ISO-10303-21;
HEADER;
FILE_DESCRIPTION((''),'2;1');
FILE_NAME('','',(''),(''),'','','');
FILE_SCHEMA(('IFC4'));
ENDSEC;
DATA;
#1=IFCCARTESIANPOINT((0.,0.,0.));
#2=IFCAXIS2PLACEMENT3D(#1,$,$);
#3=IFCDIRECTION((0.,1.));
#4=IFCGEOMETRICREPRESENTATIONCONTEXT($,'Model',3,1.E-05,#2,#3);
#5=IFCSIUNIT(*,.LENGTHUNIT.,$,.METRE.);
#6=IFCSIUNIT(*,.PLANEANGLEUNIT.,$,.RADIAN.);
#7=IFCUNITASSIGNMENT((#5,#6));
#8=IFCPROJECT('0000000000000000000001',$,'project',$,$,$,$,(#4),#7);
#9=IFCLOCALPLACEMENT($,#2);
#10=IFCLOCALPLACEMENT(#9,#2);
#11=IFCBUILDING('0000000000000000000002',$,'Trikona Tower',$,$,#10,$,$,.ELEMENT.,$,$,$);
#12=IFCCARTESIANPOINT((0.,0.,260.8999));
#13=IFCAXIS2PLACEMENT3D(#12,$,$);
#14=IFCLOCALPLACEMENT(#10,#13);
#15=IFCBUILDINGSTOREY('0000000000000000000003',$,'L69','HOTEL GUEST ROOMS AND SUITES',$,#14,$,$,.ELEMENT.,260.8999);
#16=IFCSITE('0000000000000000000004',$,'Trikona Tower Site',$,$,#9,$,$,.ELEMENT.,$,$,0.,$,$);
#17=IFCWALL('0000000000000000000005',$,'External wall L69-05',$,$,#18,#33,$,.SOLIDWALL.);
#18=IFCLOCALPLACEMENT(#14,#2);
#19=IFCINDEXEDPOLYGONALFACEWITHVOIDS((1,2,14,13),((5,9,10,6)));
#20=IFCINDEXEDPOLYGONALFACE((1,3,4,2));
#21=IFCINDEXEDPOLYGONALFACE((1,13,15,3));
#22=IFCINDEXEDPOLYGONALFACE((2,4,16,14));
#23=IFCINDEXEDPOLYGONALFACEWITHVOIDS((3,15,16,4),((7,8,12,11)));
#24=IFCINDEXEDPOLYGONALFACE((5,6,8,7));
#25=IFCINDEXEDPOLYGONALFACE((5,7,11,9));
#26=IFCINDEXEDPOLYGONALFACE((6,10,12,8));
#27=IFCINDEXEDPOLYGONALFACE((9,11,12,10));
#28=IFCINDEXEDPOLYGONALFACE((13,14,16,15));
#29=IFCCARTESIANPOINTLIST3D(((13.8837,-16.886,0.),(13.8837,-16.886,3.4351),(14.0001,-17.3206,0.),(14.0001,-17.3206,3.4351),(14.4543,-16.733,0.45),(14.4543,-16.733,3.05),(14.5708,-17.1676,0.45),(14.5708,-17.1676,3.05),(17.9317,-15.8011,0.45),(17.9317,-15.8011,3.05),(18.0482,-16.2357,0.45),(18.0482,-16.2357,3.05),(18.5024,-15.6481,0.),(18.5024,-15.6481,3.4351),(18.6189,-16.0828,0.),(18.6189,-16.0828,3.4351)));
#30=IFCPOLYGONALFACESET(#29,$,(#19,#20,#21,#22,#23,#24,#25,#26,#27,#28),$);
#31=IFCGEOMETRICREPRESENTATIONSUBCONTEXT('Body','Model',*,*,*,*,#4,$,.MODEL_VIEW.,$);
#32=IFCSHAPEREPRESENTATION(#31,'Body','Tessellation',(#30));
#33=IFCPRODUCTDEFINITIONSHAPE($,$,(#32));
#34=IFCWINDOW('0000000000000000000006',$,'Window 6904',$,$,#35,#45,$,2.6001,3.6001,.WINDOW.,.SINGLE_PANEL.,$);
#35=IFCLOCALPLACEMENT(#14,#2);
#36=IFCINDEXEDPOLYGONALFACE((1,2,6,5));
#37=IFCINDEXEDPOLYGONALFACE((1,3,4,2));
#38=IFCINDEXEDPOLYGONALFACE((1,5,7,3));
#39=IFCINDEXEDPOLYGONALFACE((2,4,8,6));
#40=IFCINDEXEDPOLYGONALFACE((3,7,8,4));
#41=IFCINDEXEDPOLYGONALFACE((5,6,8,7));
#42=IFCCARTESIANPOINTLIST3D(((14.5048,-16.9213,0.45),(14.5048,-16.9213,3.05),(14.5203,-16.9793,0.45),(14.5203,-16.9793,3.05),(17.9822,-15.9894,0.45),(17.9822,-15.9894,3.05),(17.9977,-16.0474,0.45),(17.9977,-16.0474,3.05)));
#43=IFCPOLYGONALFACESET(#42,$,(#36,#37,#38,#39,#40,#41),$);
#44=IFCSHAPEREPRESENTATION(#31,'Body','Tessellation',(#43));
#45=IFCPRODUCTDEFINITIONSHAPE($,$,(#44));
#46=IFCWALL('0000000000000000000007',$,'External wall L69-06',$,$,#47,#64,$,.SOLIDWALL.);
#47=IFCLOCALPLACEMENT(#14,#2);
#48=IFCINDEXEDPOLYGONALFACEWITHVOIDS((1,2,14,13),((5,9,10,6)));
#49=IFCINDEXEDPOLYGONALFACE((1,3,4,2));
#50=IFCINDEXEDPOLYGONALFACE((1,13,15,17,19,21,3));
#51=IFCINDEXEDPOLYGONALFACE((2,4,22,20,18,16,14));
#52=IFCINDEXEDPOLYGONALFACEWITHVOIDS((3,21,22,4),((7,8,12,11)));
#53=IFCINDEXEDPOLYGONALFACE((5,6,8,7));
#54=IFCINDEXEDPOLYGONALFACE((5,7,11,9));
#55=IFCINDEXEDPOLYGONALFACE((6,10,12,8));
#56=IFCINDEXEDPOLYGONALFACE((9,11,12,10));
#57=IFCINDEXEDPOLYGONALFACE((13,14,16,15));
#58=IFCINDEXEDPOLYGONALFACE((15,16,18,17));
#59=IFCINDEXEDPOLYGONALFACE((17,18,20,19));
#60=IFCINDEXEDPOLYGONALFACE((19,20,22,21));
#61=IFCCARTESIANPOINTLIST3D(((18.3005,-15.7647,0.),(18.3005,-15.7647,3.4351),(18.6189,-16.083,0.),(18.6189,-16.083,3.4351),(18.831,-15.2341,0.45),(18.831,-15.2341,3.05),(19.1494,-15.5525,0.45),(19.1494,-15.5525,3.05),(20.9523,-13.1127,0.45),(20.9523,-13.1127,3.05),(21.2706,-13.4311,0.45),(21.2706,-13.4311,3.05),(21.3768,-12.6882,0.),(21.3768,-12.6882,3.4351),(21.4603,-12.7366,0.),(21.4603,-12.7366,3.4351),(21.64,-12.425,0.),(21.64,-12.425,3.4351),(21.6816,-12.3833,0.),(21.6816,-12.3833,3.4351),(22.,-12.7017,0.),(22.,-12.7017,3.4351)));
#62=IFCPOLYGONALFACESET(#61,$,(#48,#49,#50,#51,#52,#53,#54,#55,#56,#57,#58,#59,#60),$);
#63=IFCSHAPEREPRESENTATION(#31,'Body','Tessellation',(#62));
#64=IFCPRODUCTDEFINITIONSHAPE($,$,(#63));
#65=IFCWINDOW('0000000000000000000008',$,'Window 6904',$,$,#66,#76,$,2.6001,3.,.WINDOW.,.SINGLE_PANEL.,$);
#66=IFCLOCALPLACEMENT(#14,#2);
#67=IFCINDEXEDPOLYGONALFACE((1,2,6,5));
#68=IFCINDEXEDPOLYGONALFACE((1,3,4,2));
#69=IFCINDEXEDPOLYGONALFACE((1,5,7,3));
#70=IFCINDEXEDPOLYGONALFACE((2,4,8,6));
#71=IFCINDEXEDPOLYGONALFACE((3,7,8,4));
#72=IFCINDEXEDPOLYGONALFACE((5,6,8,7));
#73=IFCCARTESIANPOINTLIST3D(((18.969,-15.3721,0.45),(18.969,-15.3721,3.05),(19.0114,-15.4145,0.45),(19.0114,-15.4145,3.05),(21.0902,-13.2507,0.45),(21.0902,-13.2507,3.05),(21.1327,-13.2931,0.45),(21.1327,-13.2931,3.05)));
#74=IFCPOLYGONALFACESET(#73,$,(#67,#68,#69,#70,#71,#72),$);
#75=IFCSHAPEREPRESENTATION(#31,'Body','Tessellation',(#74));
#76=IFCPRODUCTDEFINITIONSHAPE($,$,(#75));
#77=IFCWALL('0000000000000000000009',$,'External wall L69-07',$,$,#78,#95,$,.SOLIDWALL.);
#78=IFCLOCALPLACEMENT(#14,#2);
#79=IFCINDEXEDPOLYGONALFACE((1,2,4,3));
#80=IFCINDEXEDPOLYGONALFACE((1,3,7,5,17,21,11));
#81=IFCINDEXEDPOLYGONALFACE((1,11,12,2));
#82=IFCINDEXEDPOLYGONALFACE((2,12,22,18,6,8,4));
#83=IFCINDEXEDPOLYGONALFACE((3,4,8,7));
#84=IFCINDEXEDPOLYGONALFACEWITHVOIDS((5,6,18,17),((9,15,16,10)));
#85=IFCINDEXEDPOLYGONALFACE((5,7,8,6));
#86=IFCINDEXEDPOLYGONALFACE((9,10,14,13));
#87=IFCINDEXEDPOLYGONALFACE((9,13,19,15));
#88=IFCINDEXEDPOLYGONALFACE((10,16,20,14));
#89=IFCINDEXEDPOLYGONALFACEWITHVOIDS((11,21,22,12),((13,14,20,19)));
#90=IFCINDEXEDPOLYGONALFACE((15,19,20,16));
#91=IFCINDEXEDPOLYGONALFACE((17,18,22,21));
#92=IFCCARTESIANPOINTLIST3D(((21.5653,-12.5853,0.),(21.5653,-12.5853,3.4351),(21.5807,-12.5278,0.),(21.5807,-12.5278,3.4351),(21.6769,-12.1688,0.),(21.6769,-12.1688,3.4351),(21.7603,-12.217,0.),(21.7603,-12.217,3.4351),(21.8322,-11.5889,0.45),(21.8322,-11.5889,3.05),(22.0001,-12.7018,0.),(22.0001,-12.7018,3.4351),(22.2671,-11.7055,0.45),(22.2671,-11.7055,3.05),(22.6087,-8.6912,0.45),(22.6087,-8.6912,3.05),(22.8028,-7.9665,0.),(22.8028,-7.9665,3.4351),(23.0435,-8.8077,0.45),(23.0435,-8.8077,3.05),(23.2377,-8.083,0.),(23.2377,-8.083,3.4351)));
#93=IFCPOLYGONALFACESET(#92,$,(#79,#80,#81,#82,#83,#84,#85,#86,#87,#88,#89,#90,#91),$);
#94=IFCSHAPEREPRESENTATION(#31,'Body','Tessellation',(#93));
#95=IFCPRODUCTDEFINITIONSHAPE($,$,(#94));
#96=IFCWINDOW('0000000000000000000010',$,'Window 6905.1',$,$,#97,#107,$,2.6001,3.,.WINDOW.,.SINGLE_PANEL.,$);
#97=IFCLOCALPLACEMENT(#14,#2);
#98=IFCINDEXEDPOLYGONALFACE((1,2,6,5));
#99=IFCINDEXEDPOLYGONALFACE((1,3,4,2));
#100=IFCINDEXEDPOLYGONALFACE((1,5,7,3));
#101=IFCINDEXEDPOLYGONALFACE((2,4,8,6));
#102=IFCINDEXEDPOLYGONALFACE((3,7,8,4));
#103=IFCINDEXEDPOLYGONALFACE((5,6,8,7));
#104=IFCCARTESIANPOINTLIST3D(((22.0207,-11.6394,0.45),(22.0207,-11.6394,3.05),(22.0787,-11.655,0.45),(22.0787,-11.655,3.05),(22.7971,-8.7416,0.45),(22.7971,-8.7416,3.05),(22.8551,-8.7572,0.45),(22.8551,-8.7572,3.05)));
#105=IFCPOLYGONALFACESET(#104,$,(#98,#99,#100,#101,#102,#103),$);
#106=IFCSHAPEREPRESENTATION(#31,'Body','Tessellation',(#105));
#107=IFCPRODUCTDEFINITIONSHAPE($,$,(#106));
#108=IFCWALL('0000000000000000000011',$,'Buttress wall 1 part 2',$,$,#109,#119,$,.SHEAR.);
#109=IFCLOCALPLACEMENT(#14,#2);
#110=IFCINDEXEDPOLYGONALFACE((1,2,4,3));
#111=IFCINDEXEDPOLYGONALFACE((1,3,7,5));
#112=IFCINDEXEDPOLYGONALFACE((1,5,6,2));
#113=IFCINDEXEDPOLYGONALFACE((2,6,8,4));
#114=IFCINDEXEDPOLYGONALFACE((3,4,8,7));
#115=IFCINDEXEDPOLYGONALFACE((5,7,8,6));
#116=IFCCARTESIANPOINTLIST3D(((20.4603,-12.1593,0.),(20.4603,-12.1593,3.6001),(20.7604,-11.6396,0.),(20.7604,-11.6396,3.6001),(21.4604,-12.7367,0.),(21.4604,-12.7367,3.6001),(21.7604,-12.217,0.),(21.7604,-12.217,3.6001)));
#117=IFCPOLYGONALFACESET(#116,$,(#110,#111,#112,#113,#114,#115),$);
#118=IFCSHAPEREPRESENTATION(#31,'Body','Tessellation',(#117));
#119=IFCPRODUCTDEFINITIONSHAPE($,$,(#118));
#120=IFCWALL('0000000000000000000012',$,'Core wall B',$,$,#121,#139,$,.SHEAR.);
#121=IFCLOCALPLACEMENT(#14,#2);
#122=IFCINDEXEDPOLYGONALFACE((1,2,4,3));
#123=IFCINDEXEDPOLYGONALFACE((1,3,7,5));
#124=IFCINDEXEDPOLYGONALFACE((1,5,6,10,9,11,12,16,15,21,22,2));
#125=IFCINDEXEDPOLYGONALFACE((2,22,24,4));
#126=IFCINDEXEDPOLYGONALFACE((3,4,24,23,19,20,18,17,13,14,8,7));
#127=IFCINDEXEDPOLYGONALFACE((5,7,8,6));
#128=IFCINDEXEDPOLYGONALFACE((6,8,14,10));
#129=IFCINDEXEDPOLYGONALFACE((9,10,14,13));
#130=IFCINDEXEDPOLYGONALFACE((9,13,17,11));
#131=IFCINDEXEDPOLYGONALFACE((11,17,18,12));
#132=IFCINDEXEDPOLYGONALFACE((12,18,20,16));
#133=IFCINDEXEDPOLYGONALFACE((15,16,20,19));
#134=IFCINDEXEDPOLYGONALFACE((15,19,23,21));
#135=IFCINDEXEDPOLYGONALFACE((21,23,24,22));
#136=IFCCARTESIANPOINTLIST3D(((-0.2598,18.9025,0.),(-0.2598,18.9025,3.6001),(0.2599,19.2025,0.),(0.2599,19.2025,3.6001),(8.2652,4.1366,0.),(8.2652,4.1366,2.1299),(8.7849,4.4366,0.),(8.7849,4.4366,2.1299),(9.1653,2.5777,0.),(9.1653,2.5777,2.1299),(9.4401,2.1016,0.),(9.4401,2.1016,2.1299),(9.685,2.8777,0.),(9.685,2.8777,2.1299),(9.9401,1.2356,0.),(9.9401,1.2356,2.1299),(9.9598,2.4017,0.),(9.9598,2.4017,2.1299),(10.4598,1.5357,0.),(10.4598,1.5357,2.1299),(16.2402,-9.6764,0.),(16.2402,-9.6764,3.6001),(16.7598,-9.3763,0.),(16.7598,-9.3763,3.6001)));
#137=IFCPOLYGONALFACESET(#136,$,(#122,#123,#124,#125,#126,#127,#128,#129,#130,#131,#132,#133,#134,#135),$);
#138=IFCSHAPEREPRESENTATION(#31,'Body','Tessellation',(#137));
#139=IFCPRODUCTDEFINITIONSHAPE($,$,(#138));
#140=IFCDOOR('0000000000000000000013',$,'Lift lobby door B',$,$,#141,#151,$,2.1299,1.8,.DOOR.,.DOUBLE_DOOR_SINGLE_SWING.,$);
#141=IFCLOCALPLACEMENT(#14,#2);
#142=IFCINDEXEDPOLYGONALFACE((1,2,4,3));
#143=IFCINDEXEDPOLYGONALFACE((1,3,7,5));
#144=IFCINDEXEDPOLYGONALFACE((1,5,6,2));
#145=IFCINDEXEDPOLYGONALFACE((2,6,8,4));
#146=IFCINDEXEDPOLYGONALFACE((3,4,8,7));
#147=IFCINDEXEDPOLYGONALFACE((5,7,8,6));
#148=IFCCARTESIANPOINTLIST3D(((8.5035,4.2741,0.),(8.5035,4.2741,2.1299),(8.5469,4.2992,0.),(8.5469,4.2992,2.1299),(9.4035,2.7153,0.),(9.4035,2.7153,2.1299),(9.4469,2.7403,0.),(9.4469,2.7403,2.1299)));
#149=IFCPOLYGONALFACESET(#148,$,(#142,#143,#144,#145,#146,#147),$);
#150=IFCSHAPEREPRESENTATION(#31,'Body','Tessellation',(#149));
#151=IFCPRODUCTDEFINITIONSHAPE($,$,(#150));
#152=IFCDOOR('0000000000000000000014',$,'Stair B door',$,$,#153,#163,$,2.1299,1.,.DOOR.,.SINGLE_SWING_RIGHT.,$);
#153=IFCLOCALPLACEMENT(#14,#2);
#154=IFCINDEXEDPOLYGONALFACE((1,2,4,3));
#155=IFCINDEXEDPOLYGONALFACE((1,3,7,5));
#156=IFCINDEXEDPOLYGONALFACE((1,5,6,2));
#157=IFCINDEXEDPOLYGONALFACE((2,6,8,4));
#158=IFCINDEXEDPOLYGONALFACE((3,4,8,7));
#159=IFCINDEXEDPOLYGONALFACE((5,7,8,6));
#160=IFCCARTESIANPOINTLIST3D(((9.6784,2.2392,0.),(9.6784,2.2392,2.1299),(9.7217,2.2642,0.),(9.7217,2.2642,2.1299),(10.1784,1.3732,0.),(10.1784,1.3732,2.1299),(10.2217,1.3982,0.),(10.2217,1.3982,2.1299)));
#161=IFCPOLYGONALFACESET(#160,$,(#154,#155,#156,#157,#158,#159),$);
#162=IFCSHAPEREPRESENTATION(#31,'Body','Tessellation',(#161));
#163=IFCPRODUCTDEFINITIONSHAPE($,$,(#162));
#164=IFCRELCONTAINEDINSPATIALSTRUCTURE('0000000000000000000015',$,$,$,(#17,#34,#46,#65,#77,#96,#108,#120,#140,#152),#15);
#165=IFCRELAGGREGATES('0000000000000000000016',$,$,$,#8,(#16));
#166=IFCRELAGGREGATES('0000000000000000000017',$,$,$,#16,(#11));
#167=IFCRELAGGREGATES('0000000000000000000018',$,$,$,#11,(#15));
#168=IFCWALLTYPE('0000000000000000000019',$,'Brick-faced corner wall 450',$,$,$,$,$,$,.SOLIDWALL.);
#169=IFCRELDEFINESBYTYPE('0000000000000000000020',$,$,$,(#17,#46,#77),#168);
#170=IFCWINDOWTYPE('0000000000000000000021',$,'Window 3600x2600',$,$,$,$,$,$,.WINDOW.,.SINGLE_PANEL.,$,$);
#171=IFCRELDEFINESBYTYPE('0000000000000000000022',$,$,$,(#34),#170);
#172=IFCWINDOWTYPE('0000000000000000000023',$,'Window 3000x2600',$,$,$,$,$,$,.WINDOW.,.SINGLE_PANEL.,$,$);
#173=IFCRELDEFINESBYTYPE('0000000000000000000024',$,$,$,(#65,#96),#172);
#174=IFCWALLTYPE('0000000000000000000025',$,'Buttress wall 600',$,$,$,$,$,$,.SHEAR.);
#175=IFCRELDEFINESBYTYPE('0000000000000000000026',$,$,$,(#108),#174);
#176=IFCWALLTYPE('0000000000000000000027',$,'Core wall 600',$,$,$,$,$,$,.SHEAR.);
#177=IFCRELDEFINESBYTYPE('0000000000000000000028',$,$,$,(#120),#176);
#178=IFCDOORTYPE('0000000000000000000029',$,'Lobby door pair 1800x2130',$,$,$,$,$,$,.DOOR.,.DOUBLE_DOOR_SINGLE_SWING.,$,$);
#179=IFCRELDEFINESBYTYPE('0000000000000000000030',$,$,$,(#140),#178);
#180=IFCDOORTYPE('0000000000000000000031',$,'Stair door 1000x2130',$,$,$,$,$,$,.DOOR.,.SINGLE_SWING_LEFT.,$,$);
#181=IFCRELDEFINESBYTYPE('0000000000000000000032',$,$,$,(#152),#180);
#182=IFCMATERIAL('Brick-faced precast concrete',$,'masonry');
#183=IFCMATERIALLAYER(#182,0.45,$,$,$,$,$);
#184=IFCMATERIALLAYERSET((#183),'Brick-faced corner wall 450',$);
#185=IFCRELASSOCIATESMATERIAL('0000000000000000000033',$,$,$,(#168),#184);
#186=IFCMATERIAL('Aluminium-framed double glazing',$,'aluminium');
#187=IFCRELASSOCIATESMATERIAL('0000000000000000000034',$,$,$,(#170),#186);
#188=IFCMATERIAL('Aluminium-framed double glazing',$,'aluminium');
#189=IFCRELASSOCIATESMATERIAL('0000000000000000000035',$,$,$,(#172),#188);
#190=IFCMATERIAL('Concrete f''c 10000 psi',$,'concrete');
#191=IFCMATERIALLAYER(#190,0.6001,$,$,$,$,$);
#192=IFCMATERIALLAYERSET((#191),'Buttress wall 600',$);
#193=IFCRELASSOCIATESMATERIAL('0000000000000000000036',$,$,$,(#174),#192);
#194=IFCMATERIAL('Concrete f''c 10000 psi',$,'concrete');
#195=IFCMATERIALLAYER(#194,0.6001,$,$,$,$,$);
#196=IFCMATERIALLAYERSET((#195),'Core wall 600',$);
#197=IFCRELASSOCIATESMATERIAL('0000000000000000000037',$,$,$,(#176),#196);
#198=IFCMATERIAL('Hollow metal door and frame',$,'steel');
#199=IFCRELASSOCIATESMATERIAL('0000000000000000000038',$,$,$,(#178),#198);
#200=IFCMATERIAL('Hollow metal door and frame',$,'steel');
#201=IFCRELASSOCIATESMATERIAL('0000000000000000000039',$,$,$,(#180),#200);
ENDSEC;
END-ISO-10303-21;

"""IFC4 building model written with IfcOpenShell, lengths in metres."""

from ifc_helpers import new_model, si_unit, direction, frame, frame_2d, origin, place, context, subcontext, project, spatial, polyline, rectangle, outline, extrude, material, layer, layer_set, type_object, element, fill, save


model = new_model("IFC4")

# Units and contexts
model_context = context("Model", 3, precision=1e-05, world=origin(), true_north=direction((0.0, 1.0)))
body_context = subcontext(model_context, "Body", "Model", "MODEL_VIEW")
ifc_project = project(units=[si_unit("LENGTHUNIT", "METRE"), si_unit("PLANEANGLEUNIT", "RADIAN")], contexts=[model_context])

# Site, building, storey
site_placement = place(None, origin())
site = spatial("IfcSite", under=ifc_project, at=site_placement, Name="Trikona Tower Site", CompositionType="ELEMENT", RefElevation=0.0)
building_placement = place(site_placement, origin())
building = spatial("IfcBuilding", under=site, at=building_placement, Name="Trikona Tower", CompositionType="ELEMENT")
storey_placement = place(building_placement, frame((0.0, 0.0, 260.8999)))
storey = spatial("IfcBuildingStorey", under=building, at=storey_placement, Name="L69", Description="HOTEL GUEST ROOMS AND SUITES", CompositionType="ELEMENT", Elevation=260.8999)

# Walls, openings, windows
ifc_material_1 = material(Name="Brick-faced precast concrete", Category="masonry")
ifc_layer_1 = layer(ifc_material_1, 0.45)
ifc_layer_set_1 = layer_set([ifc_layer_1], Name="Brick-faced corner wall 450")
wall_type_1 = type_object("IfcWallType", Name="Brick-faced corner wall 450", PredefinedType="SOLIDWALL", material=ifc_layer_set_1)
wall_1_placement = place(storey_placement, frame((13.9419, -17.1033, 0.0), z_axis=(0.0, 0.0, 1.0), x_axis=(0.965914, 0.258864, 0.0)))
wall_1 = element("IfcWall", 1, at=wall_1_placement, inside=storey, type_object=wall_type_1, Name="External wall L69-05", PredefinedType="SOLIDWALL", context=body_context, shape_type="SweptSolid", body=[
    extrude(rectangle(XDim=4.7817, YDim=0.45, at=frame_2d((2.3909, 0.0))), origin(), (0.0, 0.0, 1.0), 3.4351),
])
opening_1_placement = place(wall_1_placement, frame((0.5908, 0.0, 0.45)))
opening_1 = element("IfcOpeningElement", 2, at=opening_1_placement, cuts=wall_1, PredefinedType="OPENING", context=body_context, shape_type="SweptSolid", body=[
    extrude(rectangle(XDim=3.6001, YDim=2.6001, at=frame_2d((1.8, 1.3))), frame((0.0, 0.2349, 0.0), z_axis=(0.0, -1.0, 0.0), x_axis=(1.0, 0.0, 0.0)), (0.0, 0.0, 1.0), 0.47),
])
ifc_material_2 = material(Name="Aluminium-framed double glazing", Category="aluminium")
window_type_1 = type_object("IfcWindowType", Name="Window 3600x2600", PartitioningType="SINGLE_PANEL", PredefinedType="WINDOW", material=ifc_material_2)
window_1_placement = place(opening_1_placement, origin())
window_1 = element("IfcWindow", 3, at=window_1_placement, inside=storey, type_object=window_type_1, Name="Window 6904", OverallHeight=2.6001, OverallWidth=3.6001, PartitioningType="SINGLE_PANEL", PredefinedType="WINDOW", context=body_context, shape_type="SweptSolid", body=[
    extrude(rectangle(XDim=3.6001, YDim=2.6001, at=frame_2d((1.8, 1.3))), frame((0.0, 0.03, 0.0), z_axis=(0.0, -1.0, 0.0), x_axis=(1.0, 0.0, 0.0)), (0.0, 0.0, 1.0), 0.0601),
])
fill(opening_1, window_1)
wall_2_placement = place(storey_placement, frame((18.4597, -15.9238, 0.0), z_axis=(0.0, 0.0, 1.0), x_axis=(0.707081, 0.707132, 0.0)))
wall_2 = element("IfcWall", 4, at=wall_2_placement, inside=storey, type_object=wall_type_1, Name="External wall L69-06", PredefinedType="SOLIDWALL", context=body_context, shape_type="SweptSolid", body=[
    extrude(outline(polyline([(4.7817, 0.2251), (4.7229, 0.2251), (4.3755, 0.1318), (4.3506, 0.2251), (0.0, 0.2251), (0.0, -0.2251), (4.7817, -0.2251), (4.7817, 0.2251)])), origin(), (0.0, 0.0, 1.0), 3.4351),
])
opening_2_placement = place(wall_2_placement, frame((0.7502, 0.0, 0.45)))
opening_2 = element("IfcOpeningElement", 5, at=opening_2_placement, cuts=wall_2, PredefinedType="OPENING", context=body_context, shape_type="SweptSolid", body=[
    extrude(rectangle(XDim=3.0, YDim=2.6001, at=frame_2d((1.5, 1.3))), frame((0.0, 0.2349, 0.0), z_axis=(0.0, -1.0, 0.0), x_axis=(1.0, 0.0, 0.0)), (0.0, 0.0, 1.0), 0.47),
])
ifc_material_3 = material(Name="Aluminium-framed double glazing", Category="aluminium")
window_type_2 = type_object("IfcWindowType", Name="Window 3000x2600", PartitioningType="SINGLE_PANEL", PredefinedType="WINDOW", material=ifc_material_3)
window_2_placement = place(opening_2_placement, origin())
window_2 = element("IfcWindow", 6, at=window_2_placement, inside=storey, type_object=window_type_2, Name="Window 6904", OverallHeight=2.6001, OverallWidth=3.0, PartitioningType="SINGLE_PANEL", PredefinedType="WINDOW", context=body_context, shape_type="SweptSolid", body=[
    extrude(rectangle(XDim=3.0, YDim=2.6001, at=frame_2d((1.5, 1.3))), frame((0.0, 0.03, 0.0), z_axis=(0.0, -1.0, 0.0), x_axis=(1.0, 0.0, 0.0)), (0.0, 0.0, 1.0), 0.0601),
])
fill(opening_2, window_2)
wall_3_placement = place(storey_placement, frame((21.7827, -12.6436, 0.0), z_axis=(0.0, 0.0, 1.0), x_axis=(0.258803, 0.96593, 0.0)))
wall_3 = element("IfcWall", 7, at=wall_3_placement, inside=storey, type_object=wall_type_1, Name="External wall L69-07", PredefinedType="SOLIDWALL", context=body_context, shape_type="SweptSolid", body=[
    extrude(outline(polyline([(4.7817, 0.2251), (0.4312, 0.2251), (0.4062, 0.1321), (0.0596, 0.2251), (0.0, 0.2251), (0.0, -0.2251), (4.7817, -0.2251), (4.7817, 0.2251)])), origin(), (0.0, 0.0, 1.0), 3.4351),
])
opening_3_placement = place(wall_3_placement, frame((1.0315, 0.0, 0.45)))
opening_3 = element("IfcOpeningElement", 8, at=opening_3_placement, cuts=wall_3, PredefinedType="OPENING", context=body_context, shape_type="SweptSolid", body=[
    extrude(rectangle(XDim=3.0, YDim=2.6001, at=frame_2d((1.5, 1.3))), frame((0.0, 0.2349, 0.0), z_axis=(0.0, -1.0, 0.0), x_axis=(1.0, 0.0, 0.0)), (0.0, 0.0, 1.0), 0.47),
])
window_3_placement = place(opening_3_placement, origin())
window_3 = element("IfcWindow", 9, at=window_3_placement, inside=storey, type_object=window_type_2, Name="Window 6905.1", OverallHeight=2.6001, OverallWidth=3.0, PartitioningType="SINGLE_PANEL", PredefinedType="WINDOW", context=body_context, shape_type="SweptSolid", body=[
    extrude(rectangle(XDim=3.0, YDim=2.6001, at=frame_2d((1.5, 1.3))), frame((0.0, 0.03, 0.0), z_axis=(0.0, -1.0, 0.0), x_axis=(1.0, 0.0, 0.0)), (0.0, 0.0, 1.0), 0.0601),
])
fill(opening_3, window_3)

# Wall
ifc_material_4 = material(Name="Concrete f'c 10000 psi", Category="concrete")
ifc_layer_2 = layer(ifc_material_4, 0.6001)
ifc_layer_set_2 = layer_set([ifc_layer_2], Name="Buttress wall 600")
wall_type_2 = type_object("IfcWallType", Name="Buttress wall 600", PredefinedType="SHEAR", material=ifc_layer_set_2)
wall_4_placement = place(storey_placement, frame((20.6104, -11.8994, 0.0), z_axis=(0.0, 0.0, 1.0), x_axis=(0.86601, -0.500027, 0.0)))
element("IfcWall", 10, at=wall_4_placement, inside=storey, type_object=wall_type_2, Name="Buttress wall 1 part 2", PredefinedType="SHEAR", context=body_context, shape_type="SweptSolid", body=[
    extrude(rectangle(XDim=1.1548, YDim=0.6001, at=frame_2d((0.5774, 0.0))), origin(), (0.0, 0.0, 1.0), 3.6001),
])

# Wall, openings, doors
ifc_material_5 = material(Name="Concrete f'c 10000 psi", Category="concrete")
ifc_layer_3 = layer(ifc_material_5, 0.6001)
ifc_layer_set_3 = layer_set([ifc_layer_3], Name="Core wall 600")
wall_type_3 = type_object("IfcWallType", Name="Core wall 600", PredefinedType="SHEAR", material=ifc_layer_set_3)
wall_5_placement = place(storey_placement, frame((16.5, -9.5264, 0.0), z_axis=(0.0, 0.0, 1.0), x_axis=(-0.5, 0.866026, 0.0)))
wall_5 = element("IfcWall", 11, at=wall_5_placement, inside=storey, type_object=wall_type_3, Name="Core wall B", PredefinedType="SHEAR", context=body_context, shape_type="SweptSolid", body=[
    extrude(rectangle(XDim=33.0, YDim=0.6001, at=frame_2d((16.5, 0.0))), origin(), (0.0, 0.0, 1.0), 3.6001),
])
opening_4_placement = place(wall_5_placement, frame((14.1499, 0.0, 0.0)))
opening_4 = element("IfcOpeningElement", 12, at=opening_4_placement, cuts=wall_5, PredefinedType="OPENING", context=body_context, shape_type="SweptSolid", body=[
    extrude(rectangle(XDim=1.8, YDim=2.1299, at=frame_2d((0.8999, 1.0649))), frame((0.0, 0.3101, 0.0), z_axis=(0.0, -1.0, 0.0), x_axis=(1.0, 0.0, 0.0)), (0.0, 0.0, 1.0), 0.6201),
])
opening_5_placement = place(wall_5_placement, frame((12.6001, 0.0, 0.0)))
opening_5 = element("IfcOpeningElement", 13, at=opening_5_placement, cuts=wall_5, PredefinedType="OPENING", context=body_context, shape_type="SweptSolid", body=[
    extrude(rectangle(XDim=1.0, YDim=2.1299, at=frame_2d((0.5, 1.0649))), frame((0.0, 0.3101, 0.0), z_axis=(0.0, -1.0, 0.0), x_axis=(1.0, 0.0, 0.0)), (0.0, 0.0, 1.0), 0.6201),
])
ifc_material_6 = material(Name="Hollow metal door and frame", Category="steel")
door_type_1 = type_object("IfcDoorType", Name="Lobby door pair 1800x2130", OperationType="DOUBLE_DOOR_SINGLE_SWING", PredefinedType="DOOR", material=ifc_material_6)
door_1_placement = place(opening_4_placement, origin())
door_1 = element("IfcDoor", 14, at=door_1_placement, inside=storey, type_object=door_type_1, Name="Lift lobby door B", OperationType="DOUBLE_DOOR_SINGLE_SWING", OverallHeight=2.1299, OverallWidth=1.8, PredefinedType="DOOR", context=body_context, shape_type="SweptSolid", body=[
    extrude(rectangle(XDim=1.8, YDim=2.1299, at=frame_2d((0.8999, 1.0649))), frame((0.0, 0.0249, 0.0), z_axis=(0.0, -1.0, 0.0), x_axis=(1.0, 0.0, 0.0)), (0.0, 0.0, 1.0), 0.05),
])
fill(opening_4, door_1)
ifc_material_7 = material(Name="Hollow metal door and frame", Category="steel")
door_type_2 = type_object("IfcDoorType", Name="Stair door 1000x2130", OperationType="SINGLE_SWING_LEFT", PredefinedType="DOOR", material=ifc_material_7)
door_2_placement = place(opening_5_placement, origin())
door_2 = element("IfcDoor", 15, at=door_2_placement, inside=storey, type_object=door_type_2, Name="Stair B door", OperationType="SINGLE_SWING_RIGHT", OverallHeight=2.1299, OverallWidth=1.0, PredefinedType="DOOR", context=body_context, shape_type="SweptSolid", body=[
    extrude(rectangle(XDim=1.0, YDim=2.1299, at=frame_2d((0.5, 1.0649))), frame((0.0, 0.0249, 0.0), z_axis=(0.0, -1.0, 0.0), x_axis=(1.0, 0.0, 0.0)), (0.0, 0.0, 1.0), 0.05),
])
fill(opening_5, door_2)

save(model, "model.ifc")
